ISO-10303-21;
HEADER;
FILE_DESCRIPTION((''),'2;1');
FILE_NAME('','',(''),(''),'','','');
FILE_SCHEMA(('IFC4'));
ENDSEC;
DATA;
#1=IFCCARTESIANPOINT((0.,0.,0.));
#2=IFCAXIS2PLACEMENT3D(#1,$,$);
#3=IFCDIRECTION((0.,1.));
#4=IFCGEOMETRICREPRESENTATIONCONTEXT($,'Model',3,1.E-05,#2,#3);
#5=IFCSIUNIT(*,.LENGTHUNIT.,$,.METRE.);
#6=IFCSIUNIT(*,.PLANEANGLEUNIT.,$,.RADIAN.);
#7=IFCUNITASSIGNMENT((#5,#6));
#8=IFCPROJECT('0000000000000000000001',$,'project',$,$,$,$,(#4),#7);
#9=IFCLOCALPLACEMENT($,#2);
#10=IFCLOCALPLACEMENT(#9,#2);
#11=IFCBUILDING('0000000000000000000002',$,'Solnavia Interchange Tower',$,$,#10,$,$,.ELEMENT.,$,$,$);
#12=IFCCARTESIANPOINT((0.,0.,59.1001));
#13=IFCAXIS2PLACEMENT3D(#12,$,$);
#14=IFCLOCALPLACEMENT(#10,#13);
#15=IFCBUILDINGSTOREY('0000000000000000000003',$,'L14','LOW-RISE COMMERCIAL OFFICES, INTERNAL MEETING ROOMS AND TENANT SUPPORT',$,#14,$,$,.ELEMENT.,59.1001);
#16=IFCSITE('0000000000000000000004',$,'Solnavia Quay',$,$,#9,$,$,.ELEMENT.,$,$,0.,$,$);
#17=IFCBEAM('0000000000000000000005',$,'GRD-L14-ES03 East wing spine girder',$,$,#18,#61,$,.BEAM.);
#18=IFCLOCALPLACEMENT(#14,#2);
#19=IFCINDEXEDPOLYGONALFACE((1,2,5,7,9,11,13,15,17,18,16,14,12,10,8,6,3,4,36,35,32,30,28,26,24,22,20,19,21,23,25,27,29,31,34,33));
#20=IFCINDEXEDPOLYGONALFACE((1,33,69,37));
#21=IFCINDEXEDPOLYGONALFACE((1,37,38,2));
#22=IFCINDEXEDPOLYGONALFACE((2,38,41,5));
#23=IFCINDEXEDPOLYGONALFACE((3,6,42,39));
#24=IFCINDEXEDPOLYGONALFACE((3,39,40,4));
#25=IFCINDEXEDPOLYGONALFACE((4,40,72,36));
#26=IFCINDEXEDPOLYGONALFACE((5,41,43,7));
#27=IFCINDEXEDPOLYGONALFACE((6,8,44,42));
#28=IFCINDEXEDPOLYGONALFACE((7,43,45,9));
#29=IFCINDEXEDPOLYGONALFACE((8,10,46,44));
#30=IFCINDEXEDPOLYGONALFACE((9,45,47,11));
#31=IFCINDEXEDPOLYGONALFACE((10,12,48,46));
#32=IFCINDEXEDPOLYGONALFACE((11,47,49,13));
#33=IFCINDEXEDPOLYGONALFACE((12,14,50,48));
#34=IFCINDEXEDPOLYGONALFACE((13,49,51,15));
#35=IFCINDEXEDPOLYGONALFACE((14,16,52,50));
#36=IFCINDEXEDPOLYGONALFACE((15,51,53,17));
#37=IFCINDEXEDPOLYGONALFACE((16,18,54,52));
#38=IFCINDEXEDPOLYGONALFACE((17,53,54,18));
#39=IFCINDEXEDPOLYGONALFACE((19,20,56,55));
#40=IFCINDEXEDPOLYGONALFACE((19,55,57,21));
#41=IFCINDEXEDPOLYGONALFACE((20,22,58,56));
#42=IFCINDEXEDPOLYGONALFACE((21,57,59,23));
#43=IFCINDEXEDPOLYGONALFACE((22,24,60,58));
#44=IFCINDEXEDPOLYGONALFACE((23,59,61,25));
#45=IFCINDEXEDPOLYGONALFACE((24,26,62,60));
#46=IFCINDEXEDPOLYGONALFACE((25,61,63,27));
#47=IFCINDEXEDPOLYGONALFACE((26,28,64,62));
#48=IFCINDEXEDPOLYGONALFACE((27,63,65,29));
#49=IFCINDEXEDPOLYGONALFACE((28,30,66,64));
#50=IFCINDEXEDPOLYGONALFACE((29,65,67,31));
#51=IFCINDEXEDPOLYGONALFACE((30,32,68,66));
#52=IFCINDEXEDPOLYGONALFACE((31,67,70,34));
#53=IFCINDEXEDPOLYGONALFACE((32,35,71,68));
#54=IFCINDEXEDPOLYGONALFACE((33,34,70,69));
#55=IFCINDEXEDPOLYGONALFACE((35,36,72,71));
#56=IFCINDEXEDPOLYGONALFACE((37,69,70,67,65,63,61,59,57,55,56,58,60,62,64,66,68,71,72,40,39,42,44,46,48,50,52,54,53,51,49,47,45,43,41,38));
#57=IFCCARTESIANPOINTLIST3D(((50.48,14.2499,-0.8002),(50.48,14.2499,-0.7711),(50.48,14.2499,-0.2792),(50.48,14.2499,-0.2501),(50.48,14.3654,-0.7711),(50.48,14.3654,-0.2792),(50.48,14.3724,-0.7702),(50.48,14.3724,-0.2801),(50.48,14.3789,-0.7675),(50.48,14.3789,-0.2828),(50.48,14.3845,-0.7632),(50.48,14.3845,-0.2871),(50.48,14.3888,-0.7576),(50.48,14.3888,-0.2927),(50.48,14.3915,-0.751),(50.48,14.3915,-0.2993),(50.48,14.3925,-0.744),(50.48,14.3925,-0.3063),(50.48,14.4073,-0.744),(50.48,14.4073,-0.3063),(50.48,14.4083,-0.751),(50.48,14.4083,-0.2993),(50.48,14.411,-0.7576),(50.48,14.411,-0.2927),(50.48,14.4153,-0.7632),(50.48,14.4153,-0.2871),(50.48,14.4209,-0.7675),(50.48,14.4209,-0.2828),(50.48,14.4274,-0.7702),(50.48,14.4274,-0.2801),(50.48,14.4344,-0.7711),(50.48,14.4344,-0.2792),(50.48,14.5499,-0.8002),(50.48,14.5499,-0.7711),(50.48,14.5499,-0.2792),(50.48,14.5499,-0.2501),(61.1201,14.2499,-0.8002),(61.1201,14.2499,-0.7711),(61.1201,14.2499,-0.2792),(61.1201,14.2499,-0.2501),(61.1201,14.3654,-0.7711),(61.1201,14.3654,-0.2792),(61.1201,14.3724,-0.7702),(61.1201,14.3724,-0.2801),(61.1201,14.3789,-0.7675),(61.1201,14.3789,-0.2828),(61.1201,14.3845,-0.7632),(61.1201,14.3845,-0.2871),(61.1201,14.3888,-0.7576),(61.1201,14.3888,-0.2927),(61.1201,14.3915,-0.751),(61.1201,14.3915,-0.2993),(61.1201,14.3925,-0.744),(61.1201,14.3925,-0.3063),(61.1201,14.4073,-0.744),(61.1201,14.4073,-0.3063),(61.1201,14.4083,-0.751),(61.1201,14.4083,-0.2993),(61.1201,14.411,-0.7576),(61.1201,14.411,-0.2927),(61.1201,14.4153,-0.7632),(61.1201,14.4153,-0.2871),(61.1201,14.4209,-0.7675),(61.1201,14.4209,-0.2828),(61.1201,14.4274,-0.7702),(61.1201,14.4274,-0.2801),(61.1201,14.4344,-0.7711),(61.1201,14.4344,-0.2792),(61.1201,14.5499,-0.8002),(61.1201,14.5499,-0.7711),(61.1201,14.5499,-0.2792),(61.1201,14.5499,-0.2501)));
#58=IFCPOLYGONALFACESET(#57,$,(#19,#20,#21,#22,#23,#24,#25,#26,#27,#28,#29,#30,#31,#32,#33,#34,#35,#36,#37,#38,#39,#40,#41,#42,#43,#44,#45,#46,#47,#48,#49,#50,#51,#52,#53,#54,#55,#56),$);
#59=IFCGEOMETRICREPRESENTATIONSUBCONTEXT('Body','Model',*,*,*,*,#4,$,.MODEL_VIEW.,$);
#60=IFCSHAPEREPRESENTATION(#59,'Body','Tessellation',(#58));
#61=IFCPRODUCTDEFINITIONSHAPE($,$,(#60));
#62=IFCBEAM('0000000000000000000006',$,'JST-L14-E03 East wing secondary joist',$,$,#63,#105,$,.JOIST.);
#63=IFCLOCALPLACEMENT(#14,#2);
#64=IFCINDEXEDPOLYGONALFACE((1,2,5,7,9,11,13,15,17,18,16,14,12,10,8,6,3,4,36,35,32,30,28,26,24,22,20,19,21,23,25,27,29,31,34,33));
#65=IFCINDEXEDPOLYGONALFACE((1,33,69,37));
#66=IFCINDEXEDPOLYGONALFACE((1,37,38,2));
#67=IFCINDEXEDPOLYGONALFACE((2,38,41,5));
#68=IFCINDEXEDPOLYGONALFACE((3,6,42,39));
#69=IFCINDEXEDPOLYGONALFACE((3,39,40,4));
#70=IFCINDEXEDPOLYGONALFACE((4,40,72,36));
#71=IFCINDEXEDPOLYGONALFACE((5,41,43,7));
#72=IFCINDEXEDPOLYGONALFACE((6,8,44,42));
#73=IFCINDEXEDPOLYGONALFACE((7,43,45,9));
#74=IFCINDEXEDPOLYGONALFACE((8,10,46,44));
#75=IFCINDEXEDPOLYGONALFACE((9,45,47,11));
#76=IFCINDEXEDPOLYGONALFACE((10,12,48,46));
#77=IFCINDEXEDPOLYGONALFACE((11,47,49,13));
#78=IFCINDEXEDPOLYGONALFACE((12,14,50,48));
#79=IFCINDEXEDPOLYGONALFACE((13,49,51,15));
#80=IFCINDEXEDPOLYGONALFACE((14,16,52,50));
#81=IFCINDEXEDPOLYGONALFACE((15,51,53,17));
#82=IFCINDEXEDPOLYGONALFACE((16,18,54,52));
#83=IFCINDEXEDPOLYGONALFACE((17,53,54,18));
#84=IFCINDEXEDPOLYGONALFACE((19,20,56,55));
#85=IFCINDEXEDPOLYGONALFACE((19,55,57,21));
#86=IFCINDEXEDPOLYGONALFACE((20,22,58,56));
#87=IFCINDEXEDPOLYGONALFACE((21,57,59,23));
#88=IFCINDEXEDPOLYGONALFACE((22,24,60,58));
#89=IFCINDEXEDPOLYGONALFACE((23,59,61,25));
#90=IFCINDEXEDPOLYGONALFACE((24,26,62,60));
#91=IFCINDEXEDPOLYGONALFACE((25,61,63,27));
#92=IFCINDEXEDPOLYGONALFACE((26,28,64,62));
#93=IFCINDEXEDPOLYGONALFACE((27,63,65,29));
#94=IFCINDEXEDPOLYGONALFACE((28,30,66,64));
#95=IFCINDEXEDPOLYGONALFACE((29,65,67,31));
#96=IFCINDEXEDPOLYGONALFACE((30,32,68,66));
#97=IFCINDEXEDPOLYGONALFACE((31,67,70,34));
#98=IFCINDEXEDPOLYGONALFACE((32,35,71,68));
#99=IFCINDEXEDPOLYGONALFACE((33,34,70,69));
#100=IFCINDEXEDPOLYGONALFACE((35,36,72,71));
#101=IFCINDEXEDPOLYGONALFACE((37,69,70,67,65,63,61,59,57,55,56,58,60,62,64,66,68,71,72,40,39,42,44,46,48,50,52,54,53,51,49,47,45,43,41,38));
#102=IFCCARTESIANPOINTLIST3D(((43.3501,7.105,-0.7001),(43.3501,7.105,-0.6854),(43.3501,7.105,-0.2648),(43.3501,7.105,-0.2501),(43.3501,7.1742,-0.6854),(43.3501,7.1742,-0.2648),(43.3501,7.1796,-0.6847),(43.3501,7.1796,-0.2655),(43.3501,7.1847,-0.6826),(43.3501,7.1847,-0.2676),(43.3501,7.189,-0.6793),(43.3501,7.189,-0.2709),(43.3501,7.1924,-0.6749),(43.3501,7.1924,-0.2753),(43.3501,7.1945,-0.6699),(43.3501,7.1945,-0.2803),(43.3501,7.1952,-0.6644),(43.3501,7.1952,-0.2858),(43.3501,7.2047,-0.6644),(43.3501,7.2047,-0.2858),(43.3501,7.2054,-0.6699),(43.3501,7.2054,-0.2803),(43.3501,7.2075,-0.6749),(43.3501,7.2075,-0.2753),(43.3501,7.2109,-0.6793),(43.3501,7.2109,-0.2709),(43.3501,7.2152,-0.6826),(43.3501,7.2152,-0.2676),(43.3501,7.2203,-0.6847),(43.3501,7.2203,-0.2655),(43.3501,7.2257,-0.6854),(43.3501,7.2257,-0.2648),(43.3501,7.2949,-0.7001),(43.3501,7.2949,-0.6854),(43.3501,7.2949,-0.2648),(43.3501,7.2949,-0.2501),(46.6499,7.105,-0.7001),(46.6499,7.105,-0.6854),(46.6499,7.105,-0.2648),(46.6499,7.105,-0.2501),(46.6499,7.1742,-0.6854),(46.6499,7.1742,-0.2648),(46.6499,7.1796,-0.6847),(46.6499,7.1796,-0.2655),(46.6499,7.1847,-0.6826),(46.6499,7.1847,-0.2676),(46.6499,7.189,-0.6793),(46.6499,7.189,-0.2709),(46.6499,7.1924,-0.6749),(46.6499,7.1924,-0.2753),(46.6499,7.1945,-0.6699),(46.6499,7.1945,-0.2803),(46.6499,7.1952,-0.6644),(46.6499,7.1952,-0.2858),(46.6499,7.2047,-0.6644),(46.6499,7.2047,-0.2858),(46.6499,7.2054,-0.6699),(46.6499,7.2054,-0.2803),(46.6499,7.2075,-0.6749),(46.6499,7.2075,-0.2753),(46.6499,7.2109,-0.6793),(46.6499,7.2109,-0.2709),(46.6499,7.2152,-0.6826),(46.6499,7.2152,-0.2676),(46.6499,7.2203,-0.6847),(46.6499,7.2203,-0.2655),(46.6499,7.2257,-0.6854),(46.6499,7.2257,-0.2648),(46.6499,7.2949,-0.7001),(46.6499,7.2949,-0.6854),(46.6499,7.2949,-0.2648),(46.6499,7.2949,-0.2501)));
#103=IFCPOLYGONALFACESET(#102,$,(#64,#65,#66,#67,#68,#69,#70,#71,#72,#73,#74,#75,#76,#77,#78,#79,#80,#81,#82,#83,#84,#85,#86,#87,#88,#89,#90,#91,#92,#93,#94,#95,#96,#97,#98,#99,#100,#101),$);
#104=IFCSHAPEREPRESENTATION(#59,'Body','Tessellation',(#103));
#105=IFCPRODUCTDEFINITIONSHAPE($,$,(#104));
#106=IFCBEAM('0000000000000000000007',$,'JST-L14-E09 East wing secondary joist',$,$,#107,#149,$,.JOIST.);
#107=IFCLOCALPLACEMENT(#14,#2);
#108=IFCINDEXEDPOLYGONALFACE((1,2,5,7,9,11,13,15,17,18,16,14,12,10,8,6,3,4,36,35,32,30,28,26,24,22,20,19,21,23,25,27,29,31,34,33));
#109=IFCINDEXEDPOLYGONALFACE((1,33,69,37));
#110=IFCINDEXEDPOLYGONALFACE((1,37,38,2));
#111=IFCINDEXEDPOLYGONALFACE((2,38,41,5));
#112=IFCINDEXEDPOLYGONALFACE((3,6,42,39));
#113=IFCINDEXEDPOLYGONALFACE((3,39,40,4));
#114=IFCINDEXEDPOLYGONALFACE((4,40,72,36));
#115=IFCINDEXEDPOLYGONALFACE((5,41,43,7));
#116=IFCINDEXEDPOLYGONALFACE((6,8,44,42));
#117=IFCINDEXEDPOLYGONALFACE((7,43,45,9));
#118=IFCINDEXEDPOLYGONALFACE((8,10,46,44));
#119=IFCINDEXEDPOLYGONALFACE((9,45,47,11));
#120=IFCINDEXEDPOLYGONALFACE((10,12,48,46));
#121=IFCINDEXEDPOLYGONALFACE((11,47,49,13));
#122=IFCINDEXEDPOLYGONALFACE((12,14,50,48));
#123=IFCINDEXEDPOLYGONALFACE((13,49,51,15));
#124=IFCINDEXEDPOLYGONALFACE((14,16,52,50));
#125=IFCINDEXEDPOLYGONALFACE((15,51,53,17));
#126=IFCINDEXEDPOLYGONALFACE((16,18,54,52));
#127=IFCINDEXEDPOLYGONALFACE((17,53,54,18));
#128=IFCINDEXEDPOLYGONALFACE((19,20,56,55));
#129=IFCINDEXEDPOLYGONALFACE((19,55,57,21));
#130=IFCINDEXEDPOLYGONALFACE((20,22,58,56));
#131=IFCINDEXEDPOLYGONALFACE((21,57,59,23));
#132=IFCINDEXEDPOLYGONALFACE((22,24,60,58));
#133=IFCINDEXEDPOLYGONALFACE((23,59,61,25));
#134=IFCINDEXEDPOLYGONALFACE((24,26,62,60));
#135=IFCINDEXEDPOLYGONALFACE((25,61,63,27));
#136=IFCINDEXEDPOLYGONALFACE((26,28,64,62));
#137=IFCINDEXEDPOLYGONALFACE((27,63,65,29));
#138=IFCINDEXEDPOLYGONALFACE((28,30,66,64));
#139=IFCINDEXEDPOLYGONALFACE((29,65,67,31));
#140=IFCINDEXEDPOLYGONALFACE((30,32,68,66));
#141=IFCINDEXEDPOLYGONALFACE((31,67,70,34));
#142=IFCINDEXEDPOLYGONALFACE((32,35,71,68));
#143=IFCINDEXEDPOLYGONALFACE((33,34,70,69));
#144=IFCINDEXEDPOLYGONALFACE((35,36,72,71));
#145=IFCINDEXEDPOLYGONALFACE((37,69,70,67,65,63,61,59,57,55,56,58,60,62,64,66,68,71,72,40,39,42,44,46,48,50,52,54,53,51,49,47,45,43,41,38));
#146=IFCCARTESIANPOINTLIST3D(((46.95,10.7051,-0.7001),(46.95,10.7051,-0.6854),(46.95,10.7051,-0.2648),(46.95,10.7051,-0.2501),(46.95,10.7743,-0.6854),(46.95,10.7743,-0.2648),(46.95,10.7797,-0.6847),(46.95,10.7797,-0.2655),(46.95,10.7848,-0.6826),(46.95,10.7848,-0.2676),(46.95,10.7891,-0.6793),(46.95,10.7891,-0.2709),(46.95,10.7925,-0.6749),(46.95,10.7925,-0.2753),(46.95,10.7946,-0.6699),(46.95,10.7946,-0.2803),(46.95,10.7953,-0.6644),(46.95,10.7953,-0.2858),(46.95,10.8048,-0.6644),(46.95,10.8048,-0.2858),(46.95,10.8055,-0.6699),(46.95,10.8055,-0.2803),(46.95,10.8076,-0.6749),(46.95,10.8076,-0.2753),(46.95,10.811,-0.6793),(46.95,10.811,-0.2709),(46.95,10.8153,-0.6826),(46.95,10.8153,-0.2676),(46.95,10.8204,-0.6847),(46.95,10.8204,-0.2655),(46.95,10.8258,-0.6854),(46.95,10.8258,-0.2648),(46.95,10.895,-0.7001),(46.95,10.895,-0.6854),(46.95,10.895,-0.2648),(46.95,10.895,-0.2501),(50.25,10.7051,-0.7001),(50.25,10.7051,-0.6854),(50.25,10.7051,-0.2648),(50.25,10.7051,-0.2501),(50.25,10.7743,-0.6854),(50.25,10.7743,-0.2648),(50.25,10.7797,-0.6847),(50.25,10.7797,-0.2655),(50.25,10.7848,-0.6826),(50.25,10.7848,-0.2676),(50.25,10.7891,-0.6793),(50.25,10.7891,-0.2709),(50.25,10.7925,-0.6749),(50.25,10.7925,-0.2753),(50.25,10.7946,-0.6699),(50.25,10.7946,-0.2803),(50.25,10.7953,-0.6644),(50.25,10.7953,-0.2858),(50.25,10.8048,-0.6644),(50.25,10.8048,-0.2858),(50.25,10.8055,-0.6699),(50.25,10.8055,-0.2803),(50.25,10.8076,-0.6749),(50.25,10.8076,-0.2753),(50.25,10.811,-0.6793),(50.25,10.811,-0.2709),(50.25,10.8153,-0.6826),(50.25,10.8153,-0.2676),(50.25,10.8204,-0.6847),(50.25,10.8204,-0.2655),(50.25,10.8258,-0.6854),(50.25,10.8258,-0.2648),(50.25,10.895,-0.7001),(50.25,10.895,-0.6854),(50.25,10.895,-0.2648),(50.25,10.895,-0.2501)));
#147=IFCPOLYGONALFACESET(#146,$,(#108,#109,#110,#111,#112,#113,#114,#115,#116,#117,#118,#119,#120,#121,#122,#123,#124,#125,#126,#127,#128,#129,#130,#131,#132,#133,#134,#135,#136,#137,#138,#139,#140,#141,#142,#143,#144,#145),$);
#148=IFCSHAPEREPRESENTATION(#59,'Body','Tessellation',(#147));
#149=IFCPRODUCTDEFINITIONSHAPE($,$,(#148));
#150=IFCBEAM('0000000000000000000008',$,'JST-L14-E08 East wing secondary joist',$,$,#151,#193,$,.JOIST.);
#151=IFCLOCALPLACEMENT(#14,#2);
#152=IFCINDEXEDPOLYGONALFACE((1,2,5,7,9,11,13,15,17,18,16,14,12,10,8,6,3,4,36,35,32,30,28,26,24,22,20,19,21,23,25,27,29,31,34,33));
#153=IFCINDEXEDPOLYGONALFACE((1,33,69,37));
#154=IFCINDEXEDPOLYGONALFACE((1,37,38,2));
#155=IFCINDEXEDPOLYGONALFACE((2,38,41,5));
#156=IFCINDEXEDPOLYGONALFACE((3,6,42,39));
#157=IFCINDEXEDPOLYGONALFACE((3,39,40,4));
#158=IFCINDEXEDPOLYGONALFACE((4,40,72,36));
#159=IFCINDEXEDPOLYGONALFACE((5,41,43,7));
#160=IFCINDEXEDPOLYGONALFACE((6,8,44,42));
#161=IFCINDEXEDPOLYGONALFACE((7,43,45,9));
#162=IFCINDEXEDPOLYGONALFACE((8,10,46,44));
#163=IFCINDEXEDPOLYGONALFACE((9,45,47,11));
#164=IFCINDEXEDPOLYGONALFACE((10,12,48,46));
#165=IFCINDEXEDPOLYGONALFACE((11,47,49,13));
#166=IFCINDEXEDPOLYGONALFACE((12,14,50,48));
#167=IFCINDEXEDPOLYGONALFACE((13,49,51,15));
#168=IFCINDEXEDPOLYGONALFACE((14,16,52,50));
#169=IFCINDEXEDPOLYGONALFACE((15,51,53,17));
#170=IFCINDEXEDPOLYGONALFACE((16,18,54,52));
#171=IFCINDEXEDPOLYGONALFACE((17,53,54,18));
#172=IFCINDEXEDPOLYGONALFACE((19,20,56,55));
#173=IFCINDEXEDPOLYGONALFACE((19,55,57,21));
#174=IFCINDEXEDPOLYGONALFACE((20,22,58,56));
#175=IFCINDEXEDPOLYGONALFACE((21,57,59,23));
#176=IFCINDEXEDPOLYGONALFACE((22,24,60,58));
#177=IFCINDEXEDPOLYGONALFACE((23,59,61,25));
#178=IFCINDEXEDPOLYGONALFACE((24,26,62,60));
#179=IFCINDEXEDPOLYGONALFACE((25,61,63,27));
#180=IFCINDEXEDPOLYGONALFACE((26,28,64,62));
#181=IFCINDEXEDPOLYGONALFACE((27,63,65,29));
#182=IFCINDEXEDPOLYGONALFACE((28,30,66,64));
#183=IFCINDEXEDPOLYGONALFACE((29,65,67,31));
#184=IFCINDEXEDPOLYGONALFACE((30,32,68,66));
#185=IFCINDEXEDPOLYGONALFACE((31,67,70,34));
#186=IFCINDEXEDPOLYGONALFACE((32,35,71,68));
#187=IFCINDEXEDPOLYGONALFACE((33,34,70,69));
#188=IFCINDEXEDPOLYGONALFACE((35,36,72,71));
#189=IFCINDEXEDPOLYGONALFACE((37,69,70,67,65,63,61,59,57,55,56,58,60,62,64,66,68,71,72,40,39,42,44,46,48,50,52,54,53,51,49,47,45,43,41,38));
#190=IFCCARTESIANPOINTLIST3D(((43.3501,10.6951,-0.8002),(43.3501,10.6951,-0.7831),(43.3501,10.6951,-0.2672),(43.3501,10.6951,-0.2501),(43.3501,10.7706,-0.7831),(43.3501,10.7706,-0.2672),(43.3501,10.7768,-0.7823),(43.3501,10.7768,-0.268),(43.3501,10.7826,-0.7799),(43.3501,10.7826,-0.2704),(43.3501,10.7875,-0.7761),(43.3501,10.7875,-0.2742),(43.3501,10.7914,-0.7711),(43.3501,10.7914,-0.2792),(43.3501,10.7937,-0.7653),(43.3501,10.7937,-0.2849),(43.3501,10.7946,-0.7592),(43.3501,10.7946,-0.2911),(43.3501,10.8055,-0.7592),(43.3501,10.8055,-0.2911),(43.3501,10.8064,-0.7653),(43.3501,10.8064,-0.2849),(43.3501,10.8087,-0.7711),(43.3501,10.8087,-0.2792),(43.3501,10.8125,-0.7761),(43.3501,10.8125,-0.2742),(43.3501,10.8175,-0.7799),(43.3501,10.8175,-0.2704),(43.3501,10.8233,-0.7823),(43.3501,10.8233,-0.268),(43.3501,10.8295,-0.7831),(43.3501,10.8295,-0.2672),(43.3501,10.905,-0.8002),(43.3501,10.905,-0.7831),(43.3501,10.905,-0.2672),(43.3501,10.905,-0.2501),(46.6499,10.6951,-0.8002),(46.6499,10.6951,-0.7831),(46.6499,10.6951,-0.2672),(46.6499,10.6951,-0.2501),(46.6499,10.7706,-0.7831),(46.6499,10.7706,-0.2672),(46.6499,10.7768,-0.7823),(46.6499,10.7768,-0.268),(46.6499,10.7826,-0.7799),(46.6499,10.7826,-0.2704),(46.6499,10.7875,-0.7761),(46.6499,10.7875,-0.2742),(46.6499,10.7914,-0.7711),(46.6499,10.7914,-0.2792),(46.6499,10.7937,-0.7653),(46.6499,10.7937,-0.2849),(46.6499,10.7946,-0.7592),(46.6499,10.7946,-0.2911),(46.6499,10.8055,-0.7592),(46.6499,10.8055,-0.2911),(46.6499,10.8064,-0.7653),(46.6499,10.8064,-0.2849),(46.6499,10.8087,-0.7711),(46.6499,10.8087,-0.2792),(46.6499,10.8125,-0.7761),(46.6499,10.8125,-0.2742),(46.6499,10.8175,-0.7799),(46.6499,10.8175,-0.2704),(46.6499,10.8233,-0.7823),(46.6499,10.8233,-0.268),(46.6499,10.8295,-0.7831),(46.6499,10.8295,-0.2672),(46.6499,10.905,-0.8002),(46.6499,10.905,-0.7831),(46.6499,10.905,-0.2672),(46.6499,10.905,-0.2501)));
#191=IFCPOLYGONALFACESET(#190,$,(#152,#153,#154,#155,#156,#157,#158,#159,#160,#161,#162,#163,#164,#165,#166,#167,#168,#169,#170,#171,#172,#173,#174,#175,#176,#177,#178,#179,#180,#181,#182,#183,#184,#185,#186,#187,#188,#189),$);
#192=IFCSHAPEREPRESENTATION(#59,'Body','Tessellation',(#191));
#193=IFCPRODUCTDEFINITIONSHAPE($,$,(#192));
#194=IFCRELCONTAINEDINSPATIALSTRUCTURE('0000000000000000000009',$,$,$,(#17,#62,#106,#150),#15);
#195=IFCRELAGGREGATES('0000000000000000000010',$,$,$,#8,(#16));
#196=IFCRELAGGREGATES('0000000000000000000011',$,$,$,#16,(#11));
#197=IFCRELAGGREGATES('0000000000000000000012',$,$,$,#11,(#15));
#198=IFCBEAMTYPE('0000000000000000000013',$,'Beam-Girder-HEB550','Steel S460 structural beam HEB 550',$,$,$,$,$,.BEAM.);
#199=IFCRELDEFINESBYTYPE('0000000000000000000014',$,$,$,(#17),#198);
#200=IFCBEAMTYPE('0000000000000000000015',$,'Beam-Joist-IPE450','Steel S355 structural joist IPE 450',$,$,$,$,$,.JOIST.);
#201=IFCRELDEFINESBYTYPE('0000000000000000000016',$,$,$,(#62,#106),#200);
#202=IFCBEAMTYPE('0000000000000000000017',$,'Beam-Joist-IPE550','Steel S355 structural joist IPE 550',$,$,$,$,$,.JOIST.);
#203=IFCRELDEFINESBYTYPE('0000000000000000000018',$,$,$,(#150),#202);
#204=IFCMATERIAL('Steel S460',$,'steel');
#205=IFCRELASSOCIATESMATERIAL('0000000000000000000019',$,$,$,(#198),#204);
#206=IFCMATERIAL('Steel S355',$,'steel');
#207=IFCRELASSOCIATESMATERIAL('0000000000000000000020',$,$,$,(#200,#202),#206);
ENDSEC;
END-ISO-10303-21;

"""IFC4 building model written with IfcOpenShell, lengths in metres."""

from ifc_helpers import new_model, si_unit, direction, frame, origin, origin_2d, place, context, subcontext, project, spatial, i_section, extrude, material, material_profile, profile_set, type_object, element, save


model = new_model("IFC4")

# Units and contexts
model_context = context("Model", 3, precision=1e-05, world=origin(), true_north=direction((0.0, 1.0)))
body_context = subcontext(model_context, "Body", "Model", "MODEL_VIEW")
ifc_project = project(units=[si_unit("LENGTHUNIT", "METRE"), si_unit("PLANEANGLEUNIT", "RADIAN")], contexts=[model_context])

# Site, building, storey
site_placement = place(None, origin())
site = spatial("IfcSite", under=ifc_project, at=site_placement, Name="Solnavia Quay", CompositionType="ELEMENT", RefElevation=0.0)
building_placement = place(site_placement, origin())
building = spatial("IfcBuilding", under=site, at=building_placement, Name="Solnavia Interchange Tower", CompositionType="ELEMENT")
storey_placement = place(building_placement, frame((0.0, 0.0, 59.1001)))
storey = spatial("IfcBuildingStorey", under=building, at=storey_placement, Name="L14", Description="LOW-RISE COMMERCIAL OFFICES, INTERNAL MEETING ROOMS AND TENANT SUPPORT", CompositionType="ELEMENT", Elevation=59.1001)

# Shared definitions
ifc_material_1 = material(Name="Steel S355", Category="steel")

# Beams
ifc_material_2 = material(Name="Steel S460", Category="steel")
ifc_material_profile_1 = material_profile(ifc_material_2, i_section(OverallWidth=0.3, OverallDepth=0.55, WebThickness=0.0149, FlangeThickness=0.0291, FilletRadius=0.0271, at=origin_2d()), Name="HEB 550")
ifc_profile_set_1 = profile_set([ifc_material_profile_1], Name="Steel S460")
beam_type_1 = type_object("IfcBeamType", Name="Beam-Girder-HEB550", Description="Steel S460 structural beam HEB 550", PredefinedType="BEAM", material=ifc_profile_set_1)
beam_1_placement = place(storey_placement, frame((50.48, 14.3999, -0.5251), z_axis=(1.0, 0.0, 0.0), x_axis=(0.0, 1.0, 0.0)))
element("IfcBeam", 1, at=beam_1_placement, inside=storey, type_object=beam_type_1, Name="GRD-L14-ES03 East wing spine girder", PredefinedType="BEAM", context=body_context, shape_type="SweptSolid", body=[
    extrude(i_section(OverallWidth=0.3, OverallDepth=0.55, WebThickness=0.0149, FlangeThickness=0.0291, FilletRadius=0.0271, at=origin_2d()), origin(), (0.0, 0.0, 1.0), 10.6401),
])
ifc_material_profile_2 = material_profile(ifc_material_1, i_section(OverallWidth=0.1899, OverallDepth=0.45, WebThickness=0.0095, FlangeThickness=0.0146, FilletRadius=0.021, at=origin_2d()), Name="IPE 450")
ifc_profile_set_2 = profile_set([ifc_material_profile_2], Name="Steel S355")
beam_type_2 = type_object("IfcBeamType", Name="Beam-Joist-IPE450", Description="Steel S355 structural joist IPE 450", PredefinedType="JOIST", material=ifc_profile_set_2)
beam_2_placement = place(storey_placement, frame((43.3501, 7.2, -0.4751), z_axis=(1.0, 0.0, 0.0), x_axis=(0.0, 1.0, 0.0)))
element("IfcBeam", 2, at=beam_2_placement, inside=storey, type_object=beam_type_2, Name="JST-L14-E03 East wing secondary joist", PredefinedType="JOIST", context=body_context, shape_type="SweptSolid", body=[
    extrude(i_section(OverallWidth=0.1899, OverallDepth=0.45, WebThickness=0.0095, FlangeThickness=0.0146, FilletRadius=0.021, at=origin_2d()), origin(), (0.0, 0.0, 1.0), 3.2998),
])
beam_3_placement = place(storey_placement, frame((46.95, 10.8, -0.4751), z_axis=(1.0, 0.0, 0.0), x_axis=(0.0, 1.0, 0.0)))
element("IfcBeam", 3, at=beam_3_placement, inside=storey, type_object=beam_type_2, Name="JST-L14-E09 East wing secondary joist", PredefinedType="JOIST", context=body_context, shape_type="SweptSolid", body=[
    extrude(i_section(OverallWidth=0.1899, OverallDepth=0.45, WebThickness=0.0095, FlangeThickness=0.0146, FilletRadius=0.021, at=origin_2d()), origin(), (0.0, 0.0, 1.0), 3.3),
])
ifc_material_profile_3 = material_profile(ifc_material_1, i_section(OverallWidth=0.21, OverallDepth=0.55, WebThickness=0.011, FlangeThickness=0.0171, FilletRadius=0.0239, at=origin_2d()), Name="IPE 550")
ifc_profile_set_3 = profile_set([ifc_material_profile_3], Name="Steel S355")
beam_type_3 = type_object("IfcBeamType", Name="Beam-Joist-IPE550", Description="Steel S355 structural joist IPE 550", PredefinedType="JOIST", material=ifc_profile_set_3)
beam_4_placement = place(storey_placement, frame((43.3501, 10.8, -0.5251), z_axis=(1.0, 0.0, 0.0), x_axis=(0.0, 1.0, 0.0)))
element("IfcBeam", 4, at=beam_4_placement, inside=storey, type_object=beam_type_3, Name="JST-L14-E08 East wing secondary joist", PredefinedType="JOIST", context=body_context, shape_type="SweptSolid", body=[
    extrude(i_section(OverallWidth=0.21, OverallDepth=0.55, WebThickness=0.011, FlangeThickness=0.0171, FilletRadius=0.0239, at=origin_2d()), origin(), (0.0, 0.0, 1.0), 3.2998),
])

save(model, "model.ifc")
